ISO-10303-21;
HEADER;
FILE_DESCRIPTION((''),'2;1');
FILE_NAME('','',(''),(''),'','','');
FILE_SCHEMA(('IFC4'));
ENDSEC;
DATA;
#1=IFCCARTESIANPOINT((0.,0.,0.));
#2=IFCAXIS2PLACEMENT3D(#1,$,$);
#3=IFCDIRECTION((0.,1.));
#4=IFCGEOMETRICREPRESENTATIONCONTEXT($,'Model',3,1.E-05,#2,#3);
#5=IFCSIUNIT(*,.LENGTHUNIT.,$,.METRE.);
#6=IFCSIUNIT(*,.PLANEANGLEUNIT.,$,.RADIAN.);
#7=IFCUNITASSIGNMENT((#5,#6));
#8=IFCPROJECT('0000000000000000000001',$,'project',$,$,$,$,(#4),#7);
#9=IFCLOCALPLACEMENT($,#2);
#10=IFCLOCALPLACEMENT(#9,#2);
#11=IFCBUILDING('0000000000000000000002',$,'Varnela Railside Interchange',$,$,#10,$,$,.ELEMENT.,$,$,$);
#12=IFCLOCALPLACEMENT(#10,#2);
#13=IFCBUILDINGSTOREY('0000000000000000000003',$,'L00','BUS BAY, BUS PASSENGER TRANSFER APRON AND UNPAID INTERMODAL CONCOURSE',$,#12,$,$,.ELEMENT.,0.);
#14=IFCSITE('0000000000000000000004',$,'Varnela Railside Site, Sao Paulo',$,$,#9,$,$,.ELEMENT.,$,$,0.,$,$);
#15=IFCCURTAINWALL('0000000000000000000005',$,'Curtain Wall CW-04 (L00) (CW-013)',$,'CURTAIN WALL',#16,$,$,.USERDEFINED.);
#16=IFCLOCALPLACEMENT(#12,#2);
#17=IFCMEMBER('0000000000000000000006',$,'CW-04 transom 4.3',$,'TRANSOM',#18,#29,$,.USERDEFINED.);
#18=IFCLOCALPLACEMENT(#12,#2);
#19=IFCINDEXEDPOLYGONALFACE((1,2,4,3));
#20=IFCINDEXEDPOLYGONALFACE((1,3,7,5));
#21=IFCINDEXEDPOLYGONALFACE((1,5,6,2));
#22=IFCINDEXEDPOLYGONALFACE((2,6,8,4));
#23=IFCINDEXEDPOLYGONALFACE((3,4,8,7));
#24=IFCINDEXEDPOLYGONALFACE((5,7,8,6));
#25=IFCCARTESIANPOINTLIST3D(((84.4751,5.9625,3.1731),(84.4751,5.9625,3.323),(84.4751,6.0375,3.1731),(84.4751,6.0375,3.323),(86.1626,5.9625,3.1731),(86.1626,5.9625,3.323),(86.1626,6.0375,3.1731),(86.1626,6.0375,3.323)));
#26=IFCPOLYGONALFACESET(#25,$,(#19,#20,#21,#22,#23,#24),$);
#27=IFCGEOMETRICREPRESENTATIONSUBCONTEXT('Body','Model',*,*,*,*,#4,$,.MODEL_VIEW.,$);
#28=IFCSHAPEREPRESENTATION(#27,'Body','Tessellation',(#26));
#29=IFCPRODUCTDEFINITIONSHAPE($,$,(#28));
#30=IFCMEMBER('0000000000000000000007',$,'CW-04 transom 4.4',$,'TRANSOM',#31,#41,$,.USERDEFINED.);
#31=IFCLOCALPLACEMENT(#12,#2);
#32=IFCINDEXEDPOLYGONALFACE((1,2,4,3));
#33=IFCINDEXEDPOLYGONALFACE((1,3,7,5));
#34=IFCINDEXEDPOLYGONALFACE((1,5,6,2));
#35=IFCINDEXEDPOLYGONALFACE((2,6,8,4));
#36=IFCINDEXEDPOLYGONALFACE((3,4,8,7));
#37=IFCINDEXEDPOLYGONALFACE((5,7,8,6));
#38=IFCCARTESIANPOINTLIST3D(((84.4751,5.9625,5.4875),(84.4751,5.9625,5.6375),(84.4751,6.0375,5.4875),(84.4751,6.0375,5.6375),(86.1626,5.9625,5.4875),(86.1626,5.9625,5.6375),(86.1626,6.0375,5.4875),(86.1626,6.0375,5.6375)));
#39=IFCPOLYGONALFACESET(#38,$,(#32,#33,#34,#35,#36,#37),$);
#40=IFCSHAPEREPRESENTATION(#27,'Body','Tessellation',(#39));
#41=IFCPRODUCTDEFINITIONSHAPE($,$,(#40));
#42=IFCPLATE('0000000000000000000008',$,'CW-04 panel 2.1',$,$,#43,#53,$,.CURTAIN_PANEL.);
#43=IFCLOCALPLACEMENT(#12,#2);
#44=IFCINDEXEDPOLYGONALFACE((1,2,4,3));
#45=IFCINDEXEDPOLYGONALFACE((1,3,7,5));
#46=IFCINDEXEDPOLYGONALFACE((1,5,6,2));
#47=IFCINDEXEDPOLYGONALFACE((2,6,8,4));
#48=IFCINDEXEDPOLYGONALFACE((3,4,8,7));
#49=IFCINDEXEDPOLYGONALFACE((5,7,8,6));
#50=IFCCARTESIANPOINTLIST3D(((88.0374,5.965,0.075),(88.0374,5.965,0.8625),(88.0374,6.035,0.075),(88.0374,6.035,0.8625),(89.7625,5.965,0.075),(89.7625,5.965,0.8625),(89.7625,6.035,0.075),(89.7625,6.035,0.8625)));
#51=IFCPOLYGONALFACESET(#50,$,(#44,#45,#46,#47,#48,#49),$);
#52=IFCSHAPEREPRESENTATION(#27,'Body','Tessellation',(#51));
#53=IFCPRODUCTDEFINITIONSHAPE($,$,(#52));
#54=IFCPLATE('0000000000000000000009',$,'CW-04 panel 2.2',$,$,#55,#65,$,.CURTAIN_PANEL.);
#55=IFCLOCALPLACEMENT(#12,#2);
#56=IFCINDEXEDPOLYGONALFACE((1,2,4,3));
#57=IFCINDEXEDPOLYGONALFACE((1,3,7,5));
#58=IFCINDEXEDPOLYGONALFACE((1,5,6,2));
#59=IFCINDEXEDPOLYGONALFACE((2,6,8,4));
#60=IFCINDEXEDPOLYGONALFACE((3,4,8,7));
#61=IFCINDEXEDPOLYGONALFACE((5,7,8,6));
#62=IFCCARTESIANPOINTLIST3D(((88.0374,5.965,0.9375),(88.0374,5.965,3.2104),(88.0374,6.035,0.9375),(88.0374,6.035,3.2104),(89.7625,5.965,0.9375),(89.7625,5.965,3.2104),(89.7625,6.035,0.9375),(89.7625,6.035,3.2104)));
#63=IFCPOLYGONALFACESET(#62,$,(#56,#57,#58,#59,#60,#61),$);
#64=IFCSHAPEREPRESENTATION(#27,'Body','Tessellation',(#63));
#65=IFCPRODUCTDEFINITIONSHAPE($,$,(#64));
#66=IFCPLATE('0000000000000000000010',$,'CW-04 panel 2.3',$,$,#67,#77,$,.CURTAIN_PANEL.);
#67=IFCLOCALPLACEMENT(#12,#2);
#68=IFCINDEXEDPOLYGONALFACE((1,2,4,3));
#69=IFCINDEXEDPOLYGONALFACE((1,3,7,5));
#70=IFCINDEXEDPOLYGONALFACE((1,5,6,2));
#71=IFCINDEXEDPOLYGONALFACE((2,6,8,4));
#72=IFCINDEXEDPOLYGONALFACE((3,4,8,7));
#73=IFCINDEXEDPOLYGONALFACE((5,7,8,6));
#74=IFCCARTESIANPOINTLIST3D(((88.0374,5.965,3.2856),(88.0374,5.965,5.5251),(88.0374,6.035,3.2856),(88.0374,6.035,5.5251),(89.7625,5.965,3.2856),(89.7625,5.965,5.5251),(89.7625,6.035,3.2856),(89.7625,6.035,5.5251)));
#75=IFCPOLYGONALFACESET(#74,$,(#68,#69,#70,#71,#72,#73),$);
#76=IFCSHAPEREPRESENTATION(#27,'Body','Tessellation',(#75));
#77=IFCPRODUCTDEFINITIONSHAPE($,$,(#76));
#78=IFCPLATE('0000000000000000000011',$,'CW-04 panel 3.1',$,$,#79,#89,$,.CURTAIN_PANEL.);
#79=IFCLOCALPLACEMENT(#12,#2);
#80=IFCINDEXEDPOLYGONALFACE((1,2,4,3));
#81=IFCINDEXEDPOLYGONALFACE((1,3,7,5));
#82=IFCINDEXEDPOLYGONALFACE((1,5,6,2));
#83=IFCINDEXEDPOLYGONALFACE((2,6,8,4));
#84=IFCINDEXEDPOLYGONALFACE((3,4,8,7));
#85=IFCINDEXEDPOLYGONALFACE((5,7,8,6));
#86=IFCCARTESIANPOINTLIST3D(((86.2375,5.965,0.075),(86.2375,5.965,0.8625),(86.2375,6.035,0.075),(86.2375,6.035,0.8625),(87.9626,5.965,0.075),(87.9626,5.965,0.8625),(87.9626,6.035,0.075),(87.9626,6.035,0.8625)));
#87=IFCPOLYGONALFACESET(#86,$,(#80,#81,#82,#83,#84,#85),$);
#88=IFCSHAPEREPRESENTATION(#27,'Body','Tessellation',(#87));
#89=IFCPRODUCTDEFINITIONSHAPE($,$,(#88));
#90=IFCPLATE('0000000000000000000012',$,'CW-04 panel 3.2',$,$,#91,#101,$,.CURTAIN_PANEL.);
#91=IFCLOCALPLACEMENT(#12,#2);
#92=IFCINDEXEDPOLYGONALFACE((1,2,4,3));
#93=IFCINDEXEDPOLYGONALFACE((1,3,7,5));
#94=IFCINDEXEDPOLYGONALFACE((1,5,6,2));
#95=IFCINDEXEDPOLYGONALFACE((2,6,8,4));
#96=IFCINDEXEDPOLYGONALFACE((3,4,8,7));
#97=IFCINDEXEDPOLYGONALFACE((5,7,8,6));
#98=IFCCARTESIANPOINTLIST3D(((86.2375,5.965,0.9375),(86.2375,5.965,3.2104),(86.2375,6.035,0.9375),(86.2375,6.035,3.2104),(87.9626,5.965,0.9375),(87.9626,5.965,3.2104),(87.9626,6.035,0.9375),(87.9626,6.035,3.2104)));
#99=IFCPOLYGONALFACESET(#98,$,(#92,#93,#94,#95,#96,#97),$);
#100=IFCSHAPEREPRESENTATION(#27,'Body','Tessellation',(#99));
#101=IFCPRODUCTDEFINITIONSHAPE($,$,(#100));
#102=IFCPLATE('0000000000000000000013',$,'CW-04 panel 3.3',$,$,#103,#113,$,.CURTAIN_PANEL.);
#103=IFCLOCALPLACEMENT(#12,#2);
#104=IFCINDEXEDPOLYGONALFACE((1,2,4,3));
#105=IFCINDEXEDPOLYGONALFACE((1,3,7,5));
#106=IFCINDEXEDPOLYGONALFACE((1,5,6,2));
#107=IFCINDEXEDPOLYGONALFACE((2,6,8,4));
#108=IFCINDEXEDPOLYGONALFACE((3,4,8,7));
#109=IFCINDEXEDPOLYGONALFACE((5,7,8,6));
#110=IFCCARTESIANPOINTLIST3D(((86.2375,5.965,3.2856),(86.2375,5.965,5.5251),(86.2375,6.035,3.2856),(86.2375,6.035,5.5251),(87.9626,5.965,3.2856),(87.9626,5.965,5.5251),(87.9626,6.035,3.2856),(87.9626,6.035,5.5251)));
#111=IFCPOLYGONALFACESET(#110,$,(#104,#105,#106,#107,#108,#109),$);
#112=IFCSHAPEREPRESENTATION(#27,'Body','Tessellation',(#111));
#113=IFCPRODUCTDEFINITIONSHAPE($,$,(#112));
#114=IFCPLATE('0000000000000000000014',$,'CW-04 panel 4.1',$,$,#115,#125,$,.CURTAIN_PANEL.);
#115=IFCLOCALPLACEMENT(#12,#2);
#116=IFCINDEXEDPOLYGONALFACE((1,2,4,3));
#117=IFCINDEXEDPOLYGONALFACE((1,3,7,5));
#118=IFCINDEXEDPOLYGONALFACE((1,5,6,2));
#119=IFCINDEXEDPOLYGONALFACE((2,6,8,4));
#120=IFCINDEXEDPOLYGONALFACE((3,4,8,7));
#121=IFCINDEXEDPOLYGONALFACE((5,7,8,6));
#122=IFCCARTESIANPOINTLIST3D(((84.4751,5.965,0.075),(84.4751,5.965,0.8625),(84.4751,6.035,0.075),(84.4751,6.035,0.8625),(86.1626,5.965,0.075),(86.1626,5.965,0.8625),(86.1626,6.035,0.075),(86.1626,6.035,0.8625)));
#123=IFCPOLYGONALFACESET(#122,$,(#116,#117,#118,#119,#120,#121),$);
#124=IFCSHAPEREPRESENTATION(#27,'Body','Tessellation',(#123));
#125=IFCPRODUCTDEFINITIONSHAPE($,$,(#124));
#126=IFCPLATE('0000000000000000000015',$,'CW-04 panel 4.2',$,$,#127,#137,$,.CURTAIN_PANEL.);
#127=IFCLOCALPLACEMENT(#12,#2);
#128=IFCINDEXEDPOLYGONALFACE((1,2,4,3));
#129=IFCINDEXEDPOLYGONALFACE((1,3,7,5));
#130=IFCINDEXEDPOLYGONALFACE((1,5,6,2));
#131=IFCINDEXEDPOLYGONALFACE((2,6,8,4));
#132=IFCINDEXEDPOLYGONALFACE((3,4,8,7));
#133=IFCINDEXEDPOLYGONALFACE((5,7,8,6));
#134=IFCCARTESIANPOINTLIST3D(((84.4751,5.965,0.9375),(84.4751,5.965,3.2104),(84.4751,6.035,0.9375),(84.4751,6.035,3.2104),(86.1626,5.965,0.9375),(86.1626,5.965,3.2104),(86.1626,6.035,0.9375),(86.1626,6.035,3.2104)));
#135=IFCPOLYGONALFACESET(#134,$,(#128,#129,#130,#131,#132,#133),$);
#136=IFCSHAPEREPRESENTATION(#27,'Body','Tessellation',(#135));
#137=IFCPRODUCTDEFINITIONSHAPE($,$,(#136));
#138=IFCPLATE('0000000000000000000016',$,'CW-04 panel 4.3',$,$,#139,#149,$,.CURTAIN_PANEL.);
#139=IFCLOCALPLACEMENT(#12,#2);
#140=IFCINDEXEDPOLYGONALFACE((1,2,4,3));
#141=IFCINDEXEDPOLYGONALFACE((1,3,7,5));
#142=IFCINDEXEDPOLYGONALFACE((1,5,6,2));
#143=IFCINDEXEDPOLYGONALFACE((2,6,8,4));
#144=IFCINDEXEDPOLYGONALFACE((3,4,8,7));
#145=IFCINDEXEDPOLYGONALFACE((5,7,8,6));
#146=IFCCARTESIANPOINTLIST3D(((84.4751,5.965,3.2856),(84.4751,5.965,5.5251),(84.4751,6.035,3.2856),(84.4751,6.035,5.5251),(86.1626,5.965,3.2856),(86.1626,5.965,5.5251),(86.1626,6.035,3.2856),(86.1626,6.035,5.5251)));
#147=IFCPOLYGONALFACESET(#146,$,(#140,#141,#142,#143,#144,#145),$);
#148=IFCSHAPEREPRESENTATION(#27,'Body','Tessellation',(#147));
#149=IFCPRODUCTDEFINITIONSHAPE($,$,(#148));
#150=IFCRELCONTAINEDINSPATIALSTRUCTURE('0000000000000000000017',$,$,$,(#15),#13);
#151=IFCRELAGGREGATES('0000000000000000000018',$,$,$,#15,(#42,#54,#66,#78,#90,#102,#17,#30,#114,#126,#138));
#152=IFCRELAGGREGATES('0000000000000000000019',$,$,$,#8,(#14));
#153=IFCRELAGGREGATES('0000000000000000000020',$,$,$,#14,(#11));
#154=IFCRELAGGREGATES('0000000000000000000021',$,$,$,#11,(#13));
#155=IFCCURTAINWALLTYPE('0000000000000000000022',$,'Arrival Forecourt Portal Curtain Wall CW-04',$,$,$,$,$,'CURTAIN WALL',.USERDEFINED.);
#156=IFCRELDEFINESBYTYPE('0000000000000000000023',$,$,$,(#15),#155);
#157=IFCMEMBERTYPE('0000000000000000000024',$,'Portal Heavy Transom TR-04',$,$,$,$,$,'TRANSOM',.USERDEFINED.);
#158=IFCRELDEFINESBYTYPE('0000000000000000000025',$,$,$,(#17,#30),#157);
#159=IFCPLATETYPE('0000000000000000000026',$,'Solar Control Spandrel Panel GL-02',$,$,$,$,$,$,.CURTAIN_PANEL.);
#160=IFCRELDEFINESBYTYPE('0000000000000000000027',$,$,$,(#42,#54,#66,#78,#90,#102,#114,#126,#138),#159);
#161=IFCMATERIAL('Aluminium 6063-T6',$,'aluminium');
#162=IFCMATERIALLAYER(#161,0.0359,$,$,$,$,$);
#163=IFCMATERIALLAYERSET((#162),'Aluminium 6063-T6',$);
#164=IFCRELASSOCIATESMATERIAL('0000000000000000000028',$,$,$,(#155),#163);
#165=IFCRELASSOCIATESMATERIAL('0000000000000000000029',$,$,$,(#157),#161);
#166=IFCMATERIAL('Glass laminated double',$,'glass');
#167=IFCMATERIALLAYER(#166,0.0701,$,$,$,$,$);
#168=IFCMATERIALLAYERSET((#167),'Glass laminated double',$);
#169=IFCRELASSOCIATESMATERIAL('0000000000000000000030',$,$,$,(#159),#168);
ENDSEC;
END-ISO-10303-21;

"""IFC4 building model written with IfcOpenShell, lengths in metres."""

from ifc_helpers import new_model, si_unit, direction, frame, origin, origin_2d, place, context, subcontext, project, spatial, rectangle, extrude, material, layer, layer_set, material_profile, profile_set, type_object, element, aggregate, save


model = new_model("IFC4")

# Units and contexts
model_context = context("Model", 3, precision=1e-05, world=origin(), true_north=direction((0.0, 1.0)))
body_context = subcontext(model_context, "Body", "Model", "MODEL_VIEW")
ifc_project = project(units=[si_unit("LENGTHUNIT", "METRE"), si_unit("PLANEANGLEUNIT", "RADIAN")], contexts=[model_context])

# Site, building, storey
site_placement = place(None, origin())
site = spatial("IfcSite", under=ifc_project, at=site_placement, Name="Varnela Railside Site, Sao Paulo", CompositionType="ELEMENT", RefElevation=0.0)
building_placement = place(site_placement, origin())
building = spatial("IfcBuilding", under=site, at=building_placement, Name="Varnela Railside Interchange", CompositionType="ELEMENT")
storey_placement = place(building_placement, origin())
storey = spatial("IfcBuildingStorey", under=building, at=storey_placement, Name="L00", Description="BUS BAY, BUS PASSENGER TRANSFER APRON AND UNPAID INTERMODAL CONCOURSE", CompositionType="ELEMENT", Elevation=0.0)

# Curtain wall, members, plates
ifc_material_1 = material(Name="Aluminium 6063-T6", Category="aluminium")
ifc_layer_1 = layer(ifc_material_1, 0.0359)
ifc_layer_set_1 = layer_set([ifc_layer_1], Name="Aluminium 6063-T6")
curtain_wall_type = type_object("IfcCurtainWallType", Name="Arrival Forecourt Portal Curtain Wall CW-04", ElementType="CURTAIN WALL", PredefinedType="USERDEFINED", material=ifc_layer_set_1)
curtain_wall_placement = place(storey_placement, origin())
curtain_wall = element("IfcCurtainWall", 1, at=curtain_wall_placement, inside=storey, type_object=curtain_wall_type, Name="Curtain Wall CW-04 (L00) (CW-013)", ObjectType="CURTAIN WALL", PredefinedType="USERDEFINED")
ifc_material_profile_1 = material_profile(ifc_material_1, rectangle(XDim=0.075, YDim=0.1499, at=origin_2d()), Name="ALU 75x150")
ifc_profile_set_1 = profile_set([ifc_material_profile_1], Name="Aluminium 6063-T6")
member_type_1 = type_object("IfcMemberType", Name="Portal Heavy Transom TR-04", ElementType="TRANSOM", PredefinedType="USERDEFINED", material=ifc_profile_set_1)
member_1_placement = place(storey_placement, frame((86.1626, 6.0, 3.248), z_axis=(-1.0, 0.0, 0.0), x_axis=(0.0, -1.0, 0.0)))
member_1 = element("IfcMember", 2, at=member_1_placement, type_object=member_type_1, Name="CW-04 transom 4.3", ObjectType="TRANSOM", PredefinedType="USERDEFINED", context=body_context, shape_type="SweptSolid", body=[
    extrude(rectangle(XDim=0.075, YDim=0.1499, at=origin_2d()), origin(), (0.0, 0.0, 1.0), 1.6875),
])
member_2_placement = place(storey_placement, frame((86.1626, 6.0, 5.5625), z_axis=(-1.0, 0.0, 0.0), x_axis=(0.0, -1.0, 0.0)))
member_2 = element("IfcMember", 3, at=member_2_placement, type_object=member_type_1, Name="CW-04 transom 4.4", ObjectType="TRANSOM", PredefinedType="USERDEFINED", context=body_context, shape_type="SweptSolid", body=[
    extrude(rectangle(XDim=0.075, YDim=0.1499, at=origin_2d()), origin(), (0.0, 0.0, 1.0), 1.6875),
])
ifc_material_2 = material(Name="Glass laminated double", Category="glass")
ifc_layer_2 = layer(ifc_material_2, 0.0701)
ifc_layer_set_2 = layer_set([ifc_layer_2], Name="Glass laminated double")
plate_type = type_object("IfcPlateType", Name="Solar Control Spandrel Panel GL-02", PredefinedType="CURTAIN_PANEL", material=ifc_layer_set_2)
plate_1_placement = place(storey_placement, frame((88.8999, 6.0, 0.075), z_axis=(0.0, 0.0, 1.0), x_axis=(-1.0, 0.0, 0.0)))
plate_1 = element("IfcPlate", 4, at=plate_1_placement, type_object=plate_type, Name="CW-04 panel 2.1", PredefinedType="CURTAIN_PANEL", context=body_context, shape_type="SweptSolid", body=[
    extrude(rectangle(XDim=1.7251, YDim=0.0701, at=origin_2d()), origin(), (0.0, 0.0, 1.0), 0.7876),
])
plate_2_placement = place(storey_placement, frame((88.8999, 6.0, 0.9375), z_axis=(0.0, 0.0, 1.0), x_axis=(-1.0, 0.0, 0.0)))
plate_2 = element("IfcPlate", 5, at=plate_2_placement, type_object=plate_type, Name="CW-04 panel 2.2", PredefinedType="CURTAIN_PANEL", context=body_context, shape_type="SweptSolid", body=[
    extrude(rectangle(XDim=1.7251, YDim=0.0701, at=origin_2d()), origin(), (0.0, 0.0, 1.0), 2.2729),
])
plate_3_placement = place(storey_placement, frame((88.8999, 6.0, 3.2856), z_axis=(0.0, 0.0, 1.0), x_axis=(-1.0, 0.0, 0.0)))
plate_3 = element("IfcPlate", 6, at=plate_3_placement, type_object=plate_type, Name="CW-04 panel 2.3", PredefinedType="CURTAIN_PANEL", context=body_context, shape_type="SweptSolid", body=[
    extrude(rectangle(XDim=1.7251, YDim=0.0701, at=origin_2d()), origin(), (0.0, 0.0, 1.0), 2.2395),
])
plate_4_placement = place(storey_placement, frame((87.1001, 6.0, 0.075), z_axis=(0.0, 0.0, 1.0), x_axis=(-1.0, 0.0, 0.0)))
plate_4 = element("IfcPlate", 7, at=plate_4_placement, type_object=plate_type, Name="CW-04 panel 3.1", PredefinedType="CURTAIN_PANEL", context=body_context, shape_type="SweptSolid", body=[
    extrude(rectangle(XDim=1.7251, YDim=0.0701, at=origin_2d()), origin(), (0.0, 0.0, 1.0), 0.7876),
])
plate_5_placement = place(storey_placement, frame((87.1001, 6.0, 0.9375), z_axis=(0.0, 0.0, 1.0), x_axis=(-1.0, 0.0, 0.0)))
plate_5 = element("IfcPlate", 8, at=plate_5_placement, type_object=plate_type, Name="CW-04 panel 3.2", PredefinedType="CURTAIN_PANEL", context=body_context, shape_type="SweptSolid", body=[
    extrude(rectangle(XDim=1.7251, YDim=0.0701, at=origin_2d()), origin(), (0.0, 0.0, 1.0), 2.2729),
])
plate_6_placement = place(storey_placement, frame((87.1001, 6.0, 3.2856), z_axis=(0.0, 0.0, 1.0), x_axis=(-1.0, 0.0, 0.0)))
plate_6 = element("IfcPlate", 9, at=plate_6_placement, type_object=plate_type, Name="CW-04 panel 3.3", PredefinedType="CURTAIN_PANEL", context=body_context, shape_type="SweptSolid", body=[
    extrude(rectangle(XDim=1.7251, YDim=0.0701, at=origin_2d()), origin(), (0.0, 0.0, 1.0), 2.2395),
])
plate_7_placement = place(storey_placement, frame((85.3188, 6.0, 0.075), z_axis=(0.0, 0.0, 1.0), x_axis=(-1.0, 0.0, 0.0)))
plate_7 = element("IfcPlate", 10, at=plate_7_placement, type_object=plate_type, Name="CW-04 panel 4.1", PredefinedType="CURTAIN_PANEL", context=body_context, shape_type="SweptSolid", body=[
    extrude(rectangle(XDim=1.6875, YDim=0.0701, at=origin_2d()), origin(), (0.0, 0.0, 1.0), 0.7876),
])
plate_8_placement = place(storey_placement, frame((85.3188, 6.0, 0.9375), z_axis=(0.0, 0.0, 1.0), x_axis=(-1.0, 0.0, 0.0)))
plate_8 = element("IfcPlate", 11, at=plate_8_placement, type_object=plate_type, Name="CW-04 panel 4.2", PredefinedType="CURTAIN_PANEL", context=body_context, shape_type="SweptSolid", body=[
    extrude(rectangle(XDim=1.6875, YDim=0.0701, at=origin_2d()), origin(), (0.0, 0.0, 1.0), 2.2729),
])
plate_9_placement = place(storey_placement, frame((85.3188, 6.0, 3.2856), z_axis=(0.0, 0.0, 1.0), x_axis=(-1.0, 0.0, 0.0)))
plate_9 = element("IfcPlate", 12, at=plate_9_placement, type_object=plate_type, Name="CW-04 panel 4.3", PredefinedType="CURTAIN_PANEL", context=body_context, shape_type="SweptSolid", body=[
    extrude(rectangle(XDim=1.6875, YDim=0.0701, at=origin_2d()), origin(), (0.0, 0.0, 1.0), 2.2395),
])
aggregate(curtain_wall, [plate_1, plate_2, plate_3, plate_4, plate_5, plate_6, member_1, member_2, plate_7, plate_8, plate_9])

save(model, "model.ifc")
